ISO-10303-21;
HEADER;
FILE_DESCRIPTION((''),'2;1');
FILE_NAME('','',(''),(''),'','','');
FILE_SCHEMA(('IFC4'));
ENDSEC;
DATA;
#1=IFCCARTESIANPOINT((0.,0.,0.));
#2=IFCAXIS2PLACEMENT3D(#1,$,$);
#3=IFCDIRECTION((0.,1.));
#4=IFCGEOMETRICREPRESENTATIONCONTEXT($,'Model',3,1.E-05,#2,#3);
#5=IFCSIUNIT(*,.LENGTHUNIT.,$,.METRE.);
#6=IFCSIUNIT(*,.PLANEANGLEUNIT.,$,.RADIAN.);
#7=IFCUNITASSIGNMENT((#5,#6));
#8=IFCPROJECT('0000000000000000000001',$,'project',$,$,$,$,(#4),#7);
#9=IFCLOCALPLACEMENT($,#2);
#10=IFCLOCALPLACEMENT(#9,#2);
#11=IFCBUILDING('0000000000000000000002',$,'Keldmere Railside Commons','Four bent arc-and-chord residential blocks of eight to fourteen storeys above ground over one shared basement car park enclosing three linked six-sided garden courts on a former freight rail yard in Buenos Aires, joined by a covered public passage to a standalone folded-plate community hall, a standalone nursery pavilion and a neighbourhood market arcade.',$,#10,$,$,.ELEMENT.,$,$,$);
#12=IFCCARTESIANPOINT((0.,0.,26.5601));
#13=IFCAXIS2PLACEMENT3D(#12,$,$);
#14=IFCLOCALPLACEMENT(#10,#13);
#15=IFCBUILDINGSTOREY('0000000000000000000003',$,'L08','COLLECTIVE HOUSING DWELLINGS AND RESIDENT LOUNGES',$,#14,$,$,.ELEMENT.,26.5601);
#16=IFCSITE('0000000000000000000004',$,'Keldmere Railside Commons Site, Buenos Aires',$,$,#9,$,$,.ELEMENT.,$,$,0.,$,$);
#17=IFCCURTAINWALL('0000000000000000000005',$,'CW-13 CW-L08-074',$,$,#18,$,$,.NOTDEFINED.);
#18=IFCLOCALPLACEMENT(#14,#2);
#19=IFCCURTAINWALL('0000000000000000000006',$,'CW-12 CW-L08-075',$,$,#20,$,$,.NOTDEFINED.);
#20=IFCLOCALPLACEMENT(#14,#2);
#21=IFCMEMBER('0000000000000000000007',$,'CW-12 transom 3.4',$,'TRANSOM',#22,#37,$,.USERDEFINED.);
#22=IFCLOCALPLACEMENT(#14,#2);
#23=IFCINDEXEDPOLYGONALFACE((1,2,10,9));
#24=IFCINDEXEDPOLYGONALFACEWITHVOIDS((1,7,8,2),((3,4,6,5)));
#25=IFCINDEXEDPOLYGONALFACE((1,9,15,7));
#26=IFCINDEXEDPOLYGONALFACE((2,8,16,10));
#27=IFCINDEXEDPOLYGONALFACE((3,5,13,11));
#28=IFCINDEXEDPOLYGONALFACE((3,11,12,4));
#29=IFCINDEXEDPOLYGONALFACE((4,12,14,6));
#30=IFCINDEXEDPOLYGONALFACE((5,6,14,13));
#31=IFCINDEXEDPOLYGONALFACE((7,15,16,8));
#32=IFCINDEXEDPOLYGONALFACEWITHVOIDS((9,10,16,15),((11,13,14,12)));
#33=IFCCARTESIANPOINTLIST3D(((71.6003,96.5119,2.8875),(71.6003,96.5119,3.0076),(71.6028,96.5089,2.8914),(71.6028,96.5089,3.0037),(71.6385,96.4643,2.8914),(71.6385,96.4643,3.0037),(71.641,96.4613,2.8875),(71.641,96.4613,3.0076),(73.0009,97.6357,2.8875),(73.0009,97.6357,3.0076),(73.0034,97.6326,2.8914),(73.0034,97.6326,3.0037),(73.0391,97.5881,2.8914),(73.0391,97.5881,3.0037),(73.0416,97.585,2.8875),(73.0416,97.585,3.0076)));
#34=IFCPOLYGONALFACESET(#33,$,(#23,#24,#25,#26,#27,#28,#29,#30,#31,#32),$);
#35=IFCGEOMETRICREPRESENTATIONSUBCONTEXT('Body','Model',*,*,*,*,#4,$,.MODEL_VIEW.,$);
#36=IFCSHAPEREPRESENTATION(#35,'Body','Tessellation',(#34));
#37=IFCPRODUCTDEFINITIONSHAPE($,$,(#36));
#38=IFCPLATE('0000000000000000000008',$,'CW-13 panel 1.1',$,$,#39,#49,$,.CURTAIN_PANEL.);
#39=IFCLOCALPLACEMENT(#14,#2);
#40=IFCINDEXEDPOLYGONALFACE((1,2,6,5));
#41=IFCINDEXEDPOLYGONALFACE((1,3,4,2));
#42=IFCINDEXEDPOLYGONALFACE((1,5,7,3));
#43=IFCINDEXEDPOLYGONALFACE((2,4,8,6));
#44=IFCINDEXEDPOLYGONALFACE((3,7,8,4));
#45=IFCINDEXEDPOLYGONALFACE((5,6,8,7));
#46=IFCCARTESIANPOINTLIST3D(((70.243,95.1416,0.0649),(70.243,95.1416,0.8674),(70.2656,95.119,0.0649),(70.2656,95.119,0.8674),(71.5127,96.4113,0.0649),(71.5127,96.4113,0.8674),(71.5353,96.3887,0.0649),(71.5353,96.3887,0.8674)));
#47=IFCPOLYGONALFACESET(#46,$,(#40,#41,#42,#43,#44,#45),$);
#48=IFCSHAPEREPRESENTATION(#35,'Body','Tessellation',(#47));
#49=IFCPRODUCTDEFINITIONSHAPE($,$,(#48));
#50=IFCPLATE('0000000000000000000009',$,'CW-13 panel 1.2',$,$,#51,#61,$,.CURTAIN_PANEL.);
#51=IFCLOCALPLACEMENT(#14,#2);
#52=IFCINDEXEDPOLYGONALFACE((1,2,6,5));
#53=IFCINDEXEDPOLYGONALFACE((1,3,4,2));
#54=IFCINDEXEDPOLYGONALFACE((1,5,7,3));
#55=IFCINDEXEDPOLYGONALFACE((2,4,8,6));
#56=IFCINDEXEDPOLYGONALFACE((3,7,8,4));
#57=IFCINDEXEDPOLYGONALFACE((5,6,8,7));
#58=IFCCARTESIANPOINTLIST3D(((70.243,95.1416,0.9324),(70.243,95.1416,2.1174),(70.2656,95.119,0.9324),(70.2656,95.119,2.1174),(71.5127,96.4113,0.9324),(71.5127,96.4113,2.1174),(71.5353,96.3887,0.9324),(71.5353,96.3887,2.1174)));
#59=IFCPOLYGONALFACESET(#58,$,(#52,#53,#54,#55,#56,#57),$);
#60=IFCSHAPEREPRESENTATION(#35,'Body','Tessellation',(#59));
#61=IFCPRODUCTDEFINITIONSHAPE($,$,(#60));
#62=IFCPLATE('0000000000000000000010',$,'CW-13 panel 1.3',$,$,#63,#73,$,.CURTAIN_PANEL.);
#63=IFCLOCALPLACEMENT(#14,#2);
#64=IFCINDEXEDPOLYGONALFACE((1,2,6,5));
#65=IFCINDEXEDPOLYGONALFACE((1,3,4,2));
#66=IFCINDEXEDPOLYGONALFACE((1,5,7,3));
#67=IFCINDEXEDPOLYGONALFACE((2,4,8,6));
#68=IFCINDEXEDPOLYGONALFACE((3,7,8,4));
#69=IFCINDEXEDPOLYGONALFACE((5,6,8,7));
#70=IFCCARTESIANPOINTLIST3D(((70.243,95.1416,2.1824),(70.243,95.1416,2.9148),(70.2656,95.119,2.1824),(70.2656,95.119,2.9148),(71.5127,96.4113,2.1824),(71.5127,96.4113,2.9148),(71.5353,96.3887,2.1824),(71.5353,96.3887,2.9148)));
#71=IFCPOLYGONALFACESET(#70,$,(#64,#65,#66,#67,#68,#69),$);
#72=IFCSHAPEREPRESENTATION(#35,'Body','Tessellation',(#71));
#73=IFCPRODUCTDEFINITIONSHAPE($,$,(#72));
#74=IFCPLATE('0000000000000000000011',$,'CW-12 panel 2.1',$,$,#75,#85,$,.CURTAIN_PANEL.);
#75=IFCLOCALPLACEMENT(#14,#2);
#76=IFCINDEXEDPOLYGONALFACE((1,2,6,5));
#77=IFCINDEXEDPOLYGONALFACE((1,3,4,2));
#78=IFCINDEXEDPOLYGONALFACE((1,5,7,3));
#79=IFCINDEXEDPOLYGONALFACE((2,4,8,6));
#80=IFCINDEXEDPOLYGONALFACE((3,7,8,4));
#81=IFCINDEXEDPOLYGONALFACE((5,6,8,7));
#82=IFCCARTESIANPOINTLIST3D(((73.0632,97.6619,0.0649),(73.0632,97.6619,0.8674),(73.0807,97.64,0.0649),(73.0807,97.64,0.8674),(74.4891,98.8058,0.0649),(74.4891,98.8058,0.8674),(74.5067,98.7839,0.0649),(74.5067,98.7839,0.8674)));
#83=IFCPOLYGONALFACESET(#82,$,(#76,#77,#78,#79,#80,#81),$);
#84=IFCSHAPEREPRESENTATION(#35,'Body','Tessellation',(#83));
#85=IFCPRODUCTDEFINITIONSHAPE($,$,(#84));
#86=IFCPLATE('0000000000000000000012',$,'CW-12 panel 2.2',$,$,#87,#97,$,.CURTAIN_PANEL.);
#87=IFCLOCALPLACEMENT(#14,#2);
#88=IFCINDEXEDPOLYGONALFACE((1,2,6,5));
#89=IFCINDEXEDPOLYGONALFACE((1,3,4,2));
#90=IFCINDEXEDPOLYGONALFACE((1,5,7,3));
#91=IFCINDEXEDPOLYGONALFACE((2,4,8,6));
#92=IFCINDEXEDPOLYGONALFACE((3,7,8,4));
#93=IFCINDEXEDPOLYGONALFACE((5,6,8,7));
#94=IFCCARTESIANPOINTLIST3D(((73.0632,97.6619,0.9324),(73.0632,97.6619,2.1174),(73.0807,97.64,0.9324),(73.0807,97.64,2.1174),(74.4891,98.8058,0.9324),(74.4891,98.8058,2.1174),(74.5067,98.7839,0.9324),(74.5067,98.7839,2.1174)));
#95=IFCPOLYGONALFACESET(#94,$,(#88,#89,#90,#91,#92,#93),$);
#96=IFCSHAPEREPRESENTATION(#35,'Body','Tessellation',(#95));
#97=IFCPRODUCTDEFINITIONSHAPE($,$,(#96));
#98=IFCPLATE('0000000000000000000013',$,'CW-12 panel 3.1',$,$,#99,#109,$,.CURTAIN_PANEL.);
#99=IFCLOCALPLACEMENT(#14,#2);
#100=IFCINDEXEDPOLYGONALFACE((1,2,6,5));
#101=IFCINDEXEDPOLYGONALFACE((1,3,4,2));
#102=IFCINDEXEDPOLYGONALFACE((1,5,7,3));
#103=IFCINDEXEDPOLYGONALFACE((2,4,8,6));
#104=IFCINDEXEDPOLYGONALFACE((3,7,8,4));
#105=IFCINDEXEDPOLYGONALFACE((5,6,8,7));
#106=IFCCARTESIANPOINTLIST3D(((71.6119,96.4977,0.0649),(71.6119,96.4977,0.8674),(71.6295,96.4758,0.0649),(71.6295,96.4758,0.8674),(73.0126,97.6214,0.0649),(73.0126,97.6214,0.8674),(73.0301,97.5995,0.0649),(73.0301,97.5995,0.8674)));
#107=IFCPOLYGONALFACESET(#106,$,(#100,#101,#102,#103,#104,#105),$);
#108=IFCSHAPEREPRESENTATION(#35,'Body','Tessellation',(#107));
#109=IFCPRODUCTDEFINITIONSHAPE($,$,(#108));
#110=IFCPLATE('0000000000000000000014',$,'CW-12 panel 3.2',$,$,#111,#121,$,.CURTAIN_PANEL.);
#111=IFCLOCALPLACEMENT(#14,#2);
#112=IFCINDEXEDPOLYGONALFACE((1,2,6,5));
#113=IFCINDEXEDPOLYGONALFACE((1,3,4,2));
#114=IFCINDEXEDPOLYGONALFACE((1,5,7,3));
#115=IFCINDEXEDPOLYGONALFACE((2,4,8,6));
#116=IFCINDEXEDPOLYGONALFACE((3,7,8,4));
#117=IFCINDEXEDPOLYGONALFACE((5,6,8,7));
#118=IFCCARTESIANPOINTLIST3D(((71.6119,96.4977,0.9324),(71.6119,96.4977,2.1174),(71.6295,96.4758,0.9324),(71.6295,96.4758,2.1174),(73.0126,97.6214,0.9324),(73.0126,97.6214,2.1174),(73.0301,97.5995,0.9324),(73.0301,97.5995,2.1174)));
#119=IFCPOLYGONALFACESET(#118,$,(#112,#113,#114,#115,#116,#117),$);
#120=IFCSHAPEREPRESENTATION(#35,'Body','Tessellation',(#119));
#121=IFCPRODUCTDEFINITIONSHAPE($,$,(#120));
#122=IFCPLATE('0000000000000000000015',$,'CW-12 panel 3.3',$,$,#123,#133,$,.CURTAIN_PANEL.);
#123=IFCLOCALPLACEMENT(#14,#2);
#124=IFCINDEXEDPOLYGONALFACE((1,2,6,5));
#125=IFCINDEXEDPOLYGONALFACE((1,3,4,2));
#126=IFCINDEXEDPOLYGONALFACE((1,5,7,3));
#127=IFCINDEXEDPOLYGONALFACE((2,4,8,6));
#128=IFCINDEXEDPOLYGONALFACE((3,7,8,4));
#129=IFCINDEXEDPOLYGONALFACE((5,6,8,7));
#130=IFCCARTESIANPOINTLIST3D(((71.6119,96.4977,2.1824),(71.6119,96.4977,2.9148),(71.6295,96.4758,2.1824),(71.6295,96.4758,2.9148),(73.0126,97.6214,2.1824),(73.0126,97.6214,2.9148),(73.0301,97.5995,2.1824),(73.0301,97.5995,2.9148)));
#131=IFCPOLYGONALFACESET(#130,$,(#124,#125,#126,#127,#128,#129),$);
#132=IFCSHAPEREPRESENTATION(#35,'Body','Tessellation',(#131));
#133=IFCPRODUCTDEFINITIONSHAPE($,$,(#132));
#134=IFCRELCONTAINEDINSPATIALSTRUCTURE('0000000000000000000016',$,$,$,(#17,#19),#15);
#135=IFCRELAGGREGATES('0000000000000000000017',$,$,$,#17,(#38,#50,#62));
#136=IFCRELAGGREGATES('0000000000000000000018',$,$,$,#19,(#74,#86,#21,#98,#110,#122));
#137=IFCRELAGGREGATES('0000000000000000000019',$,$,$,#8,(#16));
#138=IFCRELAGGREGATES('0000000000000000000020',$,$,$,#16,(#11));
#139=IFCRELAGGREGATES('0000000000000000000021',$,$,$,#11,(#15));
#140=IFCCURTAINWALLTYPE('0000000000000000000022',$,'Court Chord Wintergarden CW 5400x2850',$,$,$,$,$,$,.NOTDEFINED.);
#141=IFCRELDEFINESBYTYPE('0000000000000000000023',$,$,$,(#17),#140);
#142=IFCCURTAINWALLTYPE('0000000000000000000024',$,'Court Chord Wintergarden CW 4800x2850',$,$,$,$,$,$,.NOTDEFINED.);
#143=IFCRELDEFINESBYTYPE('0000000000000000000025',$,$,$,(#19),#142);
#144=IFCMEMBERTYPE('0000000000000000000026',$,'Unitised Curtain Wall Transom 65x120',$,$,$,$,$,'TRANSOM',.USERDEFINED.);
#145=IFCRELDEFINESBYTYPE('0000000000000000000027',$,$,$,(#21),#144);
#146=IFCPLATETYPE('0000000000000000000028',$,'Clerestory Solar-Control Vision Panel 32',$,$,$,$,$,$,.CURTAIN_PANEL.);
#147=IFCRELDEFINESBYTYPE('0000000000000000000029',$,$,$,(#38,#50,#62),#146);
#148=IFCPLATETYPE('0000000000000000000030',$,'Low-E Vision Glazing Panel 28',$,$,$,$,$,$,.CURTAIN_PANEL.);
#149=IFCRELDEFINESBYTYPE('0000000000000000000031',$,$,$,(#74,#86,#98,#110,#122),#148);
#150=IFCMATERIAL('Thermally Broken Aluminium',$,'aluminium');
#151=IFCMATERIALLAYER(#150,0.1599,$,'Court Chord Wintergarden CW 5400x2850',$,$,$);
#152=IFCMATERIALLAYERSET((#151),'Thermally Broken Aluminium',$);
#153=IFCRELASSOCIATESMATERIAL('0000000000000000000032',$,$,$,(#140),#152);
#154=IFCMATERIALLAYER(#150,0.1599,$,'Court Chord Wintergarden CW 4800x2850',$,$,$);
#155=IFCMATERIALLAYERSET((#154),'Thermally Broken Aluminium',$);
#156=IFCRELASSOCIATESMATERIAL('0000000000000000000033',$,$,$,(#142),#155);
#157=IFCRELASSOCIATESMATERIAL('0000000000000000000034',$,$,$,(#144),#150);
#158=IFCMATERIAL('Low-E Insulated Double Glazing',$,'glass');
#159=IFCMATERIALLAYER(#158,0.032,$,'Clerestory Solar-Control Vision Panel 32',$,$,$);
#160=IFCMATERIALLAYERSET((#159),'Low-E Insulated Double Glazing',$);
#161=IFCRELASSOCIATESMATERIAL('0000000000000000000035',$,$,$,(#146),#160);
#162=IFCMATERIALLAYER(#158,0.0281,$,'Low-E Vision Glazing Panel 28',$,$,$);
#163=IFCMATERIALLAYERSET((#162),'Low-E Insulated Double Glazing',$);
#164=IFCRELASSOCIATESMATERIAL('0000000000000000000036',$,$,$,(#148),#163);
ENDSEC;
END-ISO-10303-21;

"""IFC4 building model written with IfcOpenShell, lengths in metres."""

from ifc_helpers import new_model, si_unit, direction, frame, origin, origin_2d, place, context, subcontext, project, spatial, rectangle, hollow_rectangle, extrude, material, layer, layer_set, material_profile, profile_set, type_object, element, aggregate, save


model = new_model("IFC4")

# Units and contexts
model_context = context("Model", 3, precision=1e-05, world=origin(), true_north=direction((0.0, 1.0)))
body_context = subcontext(model_context, "Body", "Model", "MODEL_VIEW")
ifc_project = project(units=[si_unit("LENGTHUNIT", "METRE"), si_unit("PLANEANGLEUNIT", "RADIAN")], contexts=[model_context])

# Site, building, storey
site_placement = place(None, origin())
site = spatial("IfcSite", under=ifc_project, at=site_placement, Name="Keldmere Railside Commons Site, Buenos Aires", CompositionType="ELEMENT", RefElevation=0.0)
building_placement = place(site_placement, origin())
building = spatial("IfcBuilding", under=site, at=building_placement, Name="Keldmere Railside Commons", Description="Four bent arc-and-chord residential blocks of eight to fourteen storeys above ground over one shared basement car park enclosing three linked six-sided garden courts on a former freight rail yard in Buenos Aires, joined by a covered public passage to a standalone folded-plate community hall, a standalone nursery pavilion and a neighbourhood market arcade.", CompositionType="ELEMENT")
storey_placement = place(building_placement, frame((0.0, 0.0, 26.5601)))
storey = spatial("IfcBuildingStorey", under=building, at=storey_placement, Name="L08", Description="COLLECTIVE HOUSING DWELLINGS AND RESIDENT LOUNGES", CompositionType="ELEMENT", Elevation=26.5601)

# Curtain wall
ifc_material_1 = material(Name="Thermally Broken Aluminium", Category="aluminium")
ifc_layer_1 = layer(ifc_material_1, 0.1599, Name="Court Chord Wintergarden CW 5400x2850")
ifc_layer_set_1 = layer_set([ifc_layer_1], Name="Thermally Broken Aluminium")
curtain_wall_type_1 = type_object("IfcCurtainWallType", Name="Court Chord Wintergarden CW 5400x2850", PredefinedType="NOTDEFINED", material=ifc_layer_set_1)
curtain_wall_1_placement = place(storey_placement, origin())
curtain_wall_1 = element("IfcCurtainWall", 1, at=curtain_wall_1_placement, inside=storey, type_object=curtain_wall_type_1, Name="CW-13 CW-L08-074", PredefinedType="NOTDEFINED")

# Curtain wall
ifc_layer_2 = layer(ifc_material_1, 0.1599, Name="Court Chord Wintergarden CW 4800x2850")
ifc_layer_set_2 = layer_set([ifc_layer_2], Name="Thermally Broken Aluminium")
curtain_wall_type_2 = type_object("IfcCurtainWallType", Name="Court Chord Wintergarden CW 4800x2850", PredefinedType="NOTDEFINED", material=ifc_layer_set_2)
curtain_wall_2_placement = place(storey_placement, origin())
curtain_wall_2 = element("IfcCurtainWall", 2, at=curtain_wall_2_placement, inside=storey, type_object=curtain_wall_type_2, Name="CW-12 CW-L08-075", PredefinedType="NOTDEFINED")

# Member
ifc_material_profile_1 = material_profile(ifc_material_1, hollow_rectangle(XDim=0.0649, YDim=0.1201, WallThickness=0.0039, at=origin_2d()), Name="ALU-TRAN-65x120")
ifc_profile_set_1 = profile_set([ifc_material_profile_1], Name="Thermally Broken Aluminium")
member_type_1 = type_object("IfcMemberType", Name="Unitised Curtain Wall Transom 65x120", ElementType="TRANSOM", PredefinedType="USERDEFINED", material=ifc_profile_set_1)
member_1_placement = place(storey_placement, frame((73.0212, 97.6104, 2.9475), z_axis=(-0.779979, -0.625805, 0.0), x_axis=(0.625805, -0.779979, 0.0)))
member_1 = element("IfcMember", 3, at=member_1_placement, type_object=member_type_1, Name="CW-12 transom 3.4", ObjectType="TRANSOM", PredefinedType="USERDEFINED", context=body_context, shape_type="SweptSolid", body=[
    extrude(hollow_rectangle(XDim=0.0649, YDim=0.1201, WallThickness=0.0039, at=origin_2d()), origin(), (0.0, 0.0, 1.0), 1.7957),
])

# Plates
ifc_material_2 = material(Name="Low-E Insulated Double Glazing", Category="glass")
ifc_layer_3 = layer(ifc_material_2, 0.032, Name="Clerestory Solar-Control Vision Panel 32")
ifc_layer_set_3 = layer_set([ifc_layer_3], Name="Low-E Insulated Double Glazing")
plate_type_1 = type_object("IfcPlateType", Name="Clerestory Solar-Control Vision Panel 32", PredefinedType="CURTAIN_PANEL", material=ifc_layer_set_3)
plate_1_placement = place(storey_placement, frame((70.8892, 95.7651, 0.0649), z_axis=(0.0, 0.0, 1.0), x_axis=(-0.707107, -0.707107, 0.0)))
plate_1 = element("IfcPlate", 4, at=plate_1_placement, type_object=plate_type_1, Name="CW-13 panel 1.1", PredefinedType="CURTAIN_PANEL", context=body_context, shape_type="SweptSolid", body=[
    extrude(rectangle(XDim=1.7957, YDim=0.032, at=origin_2d()), origin(), (0.0, 0.0, 1.0), 0.8025),
])
plate_2_placement = place(storey_placement, frame((70.8892, 95.7651, 0.9324), z_axis=(0.0, 0.0, 1.0), x_axis=(-0.707107, -0.707107, 0.0)))
plate_2 = element("IfcPlate", 5, at=plate_2_placement, type_object=plate_type_1, Name="CW-13 panel 1.2", PredefinedType="CURTAIN_PANEL", context=body_context, shape_type="SweptSolid", body=[
    extrude(rectangle(XDim=1.7957, YDim=0.032, at=origin_2d()), origin(), (0.0, 0.0, 1.0), 1.1851),
])
plate_3_placement = place(storey_placement, frame((70.8892, 95.7651, 2.1824), z_axis=(0.0, 0.0, 1.0), x_axis=(-0.707107, -0.707107, 0.0)))
plate_3 = element("IfcPlate", 6, at=plate_3_placement, type_object=plate_type_1, Name="CW-13 panel 1.3", PredefinedType="CURTAIN_PANEL", context=body_context, shape_type="SweptSolid", body=[
    extrude(rectangle(XDim=1.7957, YDim=0.032, at=origin_2d()), origin(), (0.0, 0.0, 1.0), 0.7324),
])
aggregate(curtain_wall_1, [plate_1, plate_2, plate_3])
ifc_layer_4 = layer(ifc_material_2, 0.0281, Name="Low-E Vision Glazing Panel 28")
ifc_layer_set_4 = layer_set([ifc_layer_4], Name="Low-E Insulated Double Glazing")
plate_type_2 = type_object("IfcPlateType", Name="Low-E Vision Glazing Panel 28", PredefinedType="CURTAIN_PANEL", material=ifc_layer_set_4)
plate_4_placement = place(storey_placement, frame((73.7849, 98.2229, 0.0649), z_axis=(0.0, 0.0, 1.0), x_axis=(-0.780009, -0.625768, 0.0)))
plate_4 = element("IfcPlate", 7, at=plate_4_placement, type_object=plate_type_2, Name="CW-12 panel 2.1", PredefinedType="CURTAIN_PANEL", context=body_context, shape_type="SweptSolid", body=[
    extrude(rectangle(XDim=1.8281, YDim=0.0281, at=origin_2d()), origin(), (0.0, 0.0, 1.0), 0.8025),
])
plate_5_placement = place(storey_placement, frame((73.7849, 98.2229, 0.9324), z_axis=(0.0, 0.0, 1.0), x_axis=(-0.780009, -0.625768, 0.0)))
plate_5 = element("IfcPlate", 8, at=plate_5_placement, type_object=plate_type_2, Name="CW-12 panel 2.2", PredefinedType="CURTAIN_PANEL", context=body_context, shape_type="SweptSolid", body=[
    extrude(rectangle(XDim=1.8281, YDim=0.0281, at=origin_2d()), origin(), (0.0, 0.0, 1.0), 1.1851),
])
plate_6_placement = place(storey_placement, frame((72.321, 97.0486, 0.0649), z_axis=(0.0, 0.0, 1.0), x_axis=(-0.780009, -0.625768, 0.0)))
plate_6 = element("IfcPlate", 9, at=plate_6_placement, type_object=plate_type_2, Name="CW-12 panel 3.1", PredefinedType="CURTAIN_PANEL", context=body_context, shape_type="SweptSolid", body=[
    extrude(rectangle(XDim=1.7957, YDim=0.0281, at=origin_2d()), origin(), (0.0, 0.0, 1.0), 0.8025),
])
plate_7_placement = place(storey_placement, frame((72.321, 97.0486, 0.9324), z_axis=(0.0, 0.0, 1.0), x_axis=(-0.780009, -0.625768, 0.0)))
plate_7 = element("IfcPlate", 10, at=plate_7_placement, type_object=plate_type_2, Name="CW-12 panel 3.2", PredefinedType="CURTAIN_PANEL", context=body_context, shape_type="SweptSolid", body=[
    extrude(rectangle(XDim=1.7957, YDim=0.0281, at=origin_2d()), origin(), (0.0, 0.0, 1.0), 1.1851),
])
plate_8_placement = place(storey_placement, frame((72.321, 97.0486, 2.1824), z_axis=(0.0, 0.0, 1.0), x_axis=(-0.780009, -0.625768, 0.0)))
plate_8 = element("IfcPlate", 11, at=plate_8_placement, type_object=plate_type_2, Name="CW-12 panel 3.3", PredefinedType="CURTAIN_PANEL", context=body_context, shape_type="SweptSolid", body=[
    extrude(rectangle(XDim=1.7957, YDim=0.0281, at=origin_2d()), origin(), (0.0, 0.0, 1.0), 0.7324),
])
aggregate(curtain_wall_2, [plate_4, plate_5, member_1, plate_6, plate_7, plate_8])

save(model, "model.ifc")
